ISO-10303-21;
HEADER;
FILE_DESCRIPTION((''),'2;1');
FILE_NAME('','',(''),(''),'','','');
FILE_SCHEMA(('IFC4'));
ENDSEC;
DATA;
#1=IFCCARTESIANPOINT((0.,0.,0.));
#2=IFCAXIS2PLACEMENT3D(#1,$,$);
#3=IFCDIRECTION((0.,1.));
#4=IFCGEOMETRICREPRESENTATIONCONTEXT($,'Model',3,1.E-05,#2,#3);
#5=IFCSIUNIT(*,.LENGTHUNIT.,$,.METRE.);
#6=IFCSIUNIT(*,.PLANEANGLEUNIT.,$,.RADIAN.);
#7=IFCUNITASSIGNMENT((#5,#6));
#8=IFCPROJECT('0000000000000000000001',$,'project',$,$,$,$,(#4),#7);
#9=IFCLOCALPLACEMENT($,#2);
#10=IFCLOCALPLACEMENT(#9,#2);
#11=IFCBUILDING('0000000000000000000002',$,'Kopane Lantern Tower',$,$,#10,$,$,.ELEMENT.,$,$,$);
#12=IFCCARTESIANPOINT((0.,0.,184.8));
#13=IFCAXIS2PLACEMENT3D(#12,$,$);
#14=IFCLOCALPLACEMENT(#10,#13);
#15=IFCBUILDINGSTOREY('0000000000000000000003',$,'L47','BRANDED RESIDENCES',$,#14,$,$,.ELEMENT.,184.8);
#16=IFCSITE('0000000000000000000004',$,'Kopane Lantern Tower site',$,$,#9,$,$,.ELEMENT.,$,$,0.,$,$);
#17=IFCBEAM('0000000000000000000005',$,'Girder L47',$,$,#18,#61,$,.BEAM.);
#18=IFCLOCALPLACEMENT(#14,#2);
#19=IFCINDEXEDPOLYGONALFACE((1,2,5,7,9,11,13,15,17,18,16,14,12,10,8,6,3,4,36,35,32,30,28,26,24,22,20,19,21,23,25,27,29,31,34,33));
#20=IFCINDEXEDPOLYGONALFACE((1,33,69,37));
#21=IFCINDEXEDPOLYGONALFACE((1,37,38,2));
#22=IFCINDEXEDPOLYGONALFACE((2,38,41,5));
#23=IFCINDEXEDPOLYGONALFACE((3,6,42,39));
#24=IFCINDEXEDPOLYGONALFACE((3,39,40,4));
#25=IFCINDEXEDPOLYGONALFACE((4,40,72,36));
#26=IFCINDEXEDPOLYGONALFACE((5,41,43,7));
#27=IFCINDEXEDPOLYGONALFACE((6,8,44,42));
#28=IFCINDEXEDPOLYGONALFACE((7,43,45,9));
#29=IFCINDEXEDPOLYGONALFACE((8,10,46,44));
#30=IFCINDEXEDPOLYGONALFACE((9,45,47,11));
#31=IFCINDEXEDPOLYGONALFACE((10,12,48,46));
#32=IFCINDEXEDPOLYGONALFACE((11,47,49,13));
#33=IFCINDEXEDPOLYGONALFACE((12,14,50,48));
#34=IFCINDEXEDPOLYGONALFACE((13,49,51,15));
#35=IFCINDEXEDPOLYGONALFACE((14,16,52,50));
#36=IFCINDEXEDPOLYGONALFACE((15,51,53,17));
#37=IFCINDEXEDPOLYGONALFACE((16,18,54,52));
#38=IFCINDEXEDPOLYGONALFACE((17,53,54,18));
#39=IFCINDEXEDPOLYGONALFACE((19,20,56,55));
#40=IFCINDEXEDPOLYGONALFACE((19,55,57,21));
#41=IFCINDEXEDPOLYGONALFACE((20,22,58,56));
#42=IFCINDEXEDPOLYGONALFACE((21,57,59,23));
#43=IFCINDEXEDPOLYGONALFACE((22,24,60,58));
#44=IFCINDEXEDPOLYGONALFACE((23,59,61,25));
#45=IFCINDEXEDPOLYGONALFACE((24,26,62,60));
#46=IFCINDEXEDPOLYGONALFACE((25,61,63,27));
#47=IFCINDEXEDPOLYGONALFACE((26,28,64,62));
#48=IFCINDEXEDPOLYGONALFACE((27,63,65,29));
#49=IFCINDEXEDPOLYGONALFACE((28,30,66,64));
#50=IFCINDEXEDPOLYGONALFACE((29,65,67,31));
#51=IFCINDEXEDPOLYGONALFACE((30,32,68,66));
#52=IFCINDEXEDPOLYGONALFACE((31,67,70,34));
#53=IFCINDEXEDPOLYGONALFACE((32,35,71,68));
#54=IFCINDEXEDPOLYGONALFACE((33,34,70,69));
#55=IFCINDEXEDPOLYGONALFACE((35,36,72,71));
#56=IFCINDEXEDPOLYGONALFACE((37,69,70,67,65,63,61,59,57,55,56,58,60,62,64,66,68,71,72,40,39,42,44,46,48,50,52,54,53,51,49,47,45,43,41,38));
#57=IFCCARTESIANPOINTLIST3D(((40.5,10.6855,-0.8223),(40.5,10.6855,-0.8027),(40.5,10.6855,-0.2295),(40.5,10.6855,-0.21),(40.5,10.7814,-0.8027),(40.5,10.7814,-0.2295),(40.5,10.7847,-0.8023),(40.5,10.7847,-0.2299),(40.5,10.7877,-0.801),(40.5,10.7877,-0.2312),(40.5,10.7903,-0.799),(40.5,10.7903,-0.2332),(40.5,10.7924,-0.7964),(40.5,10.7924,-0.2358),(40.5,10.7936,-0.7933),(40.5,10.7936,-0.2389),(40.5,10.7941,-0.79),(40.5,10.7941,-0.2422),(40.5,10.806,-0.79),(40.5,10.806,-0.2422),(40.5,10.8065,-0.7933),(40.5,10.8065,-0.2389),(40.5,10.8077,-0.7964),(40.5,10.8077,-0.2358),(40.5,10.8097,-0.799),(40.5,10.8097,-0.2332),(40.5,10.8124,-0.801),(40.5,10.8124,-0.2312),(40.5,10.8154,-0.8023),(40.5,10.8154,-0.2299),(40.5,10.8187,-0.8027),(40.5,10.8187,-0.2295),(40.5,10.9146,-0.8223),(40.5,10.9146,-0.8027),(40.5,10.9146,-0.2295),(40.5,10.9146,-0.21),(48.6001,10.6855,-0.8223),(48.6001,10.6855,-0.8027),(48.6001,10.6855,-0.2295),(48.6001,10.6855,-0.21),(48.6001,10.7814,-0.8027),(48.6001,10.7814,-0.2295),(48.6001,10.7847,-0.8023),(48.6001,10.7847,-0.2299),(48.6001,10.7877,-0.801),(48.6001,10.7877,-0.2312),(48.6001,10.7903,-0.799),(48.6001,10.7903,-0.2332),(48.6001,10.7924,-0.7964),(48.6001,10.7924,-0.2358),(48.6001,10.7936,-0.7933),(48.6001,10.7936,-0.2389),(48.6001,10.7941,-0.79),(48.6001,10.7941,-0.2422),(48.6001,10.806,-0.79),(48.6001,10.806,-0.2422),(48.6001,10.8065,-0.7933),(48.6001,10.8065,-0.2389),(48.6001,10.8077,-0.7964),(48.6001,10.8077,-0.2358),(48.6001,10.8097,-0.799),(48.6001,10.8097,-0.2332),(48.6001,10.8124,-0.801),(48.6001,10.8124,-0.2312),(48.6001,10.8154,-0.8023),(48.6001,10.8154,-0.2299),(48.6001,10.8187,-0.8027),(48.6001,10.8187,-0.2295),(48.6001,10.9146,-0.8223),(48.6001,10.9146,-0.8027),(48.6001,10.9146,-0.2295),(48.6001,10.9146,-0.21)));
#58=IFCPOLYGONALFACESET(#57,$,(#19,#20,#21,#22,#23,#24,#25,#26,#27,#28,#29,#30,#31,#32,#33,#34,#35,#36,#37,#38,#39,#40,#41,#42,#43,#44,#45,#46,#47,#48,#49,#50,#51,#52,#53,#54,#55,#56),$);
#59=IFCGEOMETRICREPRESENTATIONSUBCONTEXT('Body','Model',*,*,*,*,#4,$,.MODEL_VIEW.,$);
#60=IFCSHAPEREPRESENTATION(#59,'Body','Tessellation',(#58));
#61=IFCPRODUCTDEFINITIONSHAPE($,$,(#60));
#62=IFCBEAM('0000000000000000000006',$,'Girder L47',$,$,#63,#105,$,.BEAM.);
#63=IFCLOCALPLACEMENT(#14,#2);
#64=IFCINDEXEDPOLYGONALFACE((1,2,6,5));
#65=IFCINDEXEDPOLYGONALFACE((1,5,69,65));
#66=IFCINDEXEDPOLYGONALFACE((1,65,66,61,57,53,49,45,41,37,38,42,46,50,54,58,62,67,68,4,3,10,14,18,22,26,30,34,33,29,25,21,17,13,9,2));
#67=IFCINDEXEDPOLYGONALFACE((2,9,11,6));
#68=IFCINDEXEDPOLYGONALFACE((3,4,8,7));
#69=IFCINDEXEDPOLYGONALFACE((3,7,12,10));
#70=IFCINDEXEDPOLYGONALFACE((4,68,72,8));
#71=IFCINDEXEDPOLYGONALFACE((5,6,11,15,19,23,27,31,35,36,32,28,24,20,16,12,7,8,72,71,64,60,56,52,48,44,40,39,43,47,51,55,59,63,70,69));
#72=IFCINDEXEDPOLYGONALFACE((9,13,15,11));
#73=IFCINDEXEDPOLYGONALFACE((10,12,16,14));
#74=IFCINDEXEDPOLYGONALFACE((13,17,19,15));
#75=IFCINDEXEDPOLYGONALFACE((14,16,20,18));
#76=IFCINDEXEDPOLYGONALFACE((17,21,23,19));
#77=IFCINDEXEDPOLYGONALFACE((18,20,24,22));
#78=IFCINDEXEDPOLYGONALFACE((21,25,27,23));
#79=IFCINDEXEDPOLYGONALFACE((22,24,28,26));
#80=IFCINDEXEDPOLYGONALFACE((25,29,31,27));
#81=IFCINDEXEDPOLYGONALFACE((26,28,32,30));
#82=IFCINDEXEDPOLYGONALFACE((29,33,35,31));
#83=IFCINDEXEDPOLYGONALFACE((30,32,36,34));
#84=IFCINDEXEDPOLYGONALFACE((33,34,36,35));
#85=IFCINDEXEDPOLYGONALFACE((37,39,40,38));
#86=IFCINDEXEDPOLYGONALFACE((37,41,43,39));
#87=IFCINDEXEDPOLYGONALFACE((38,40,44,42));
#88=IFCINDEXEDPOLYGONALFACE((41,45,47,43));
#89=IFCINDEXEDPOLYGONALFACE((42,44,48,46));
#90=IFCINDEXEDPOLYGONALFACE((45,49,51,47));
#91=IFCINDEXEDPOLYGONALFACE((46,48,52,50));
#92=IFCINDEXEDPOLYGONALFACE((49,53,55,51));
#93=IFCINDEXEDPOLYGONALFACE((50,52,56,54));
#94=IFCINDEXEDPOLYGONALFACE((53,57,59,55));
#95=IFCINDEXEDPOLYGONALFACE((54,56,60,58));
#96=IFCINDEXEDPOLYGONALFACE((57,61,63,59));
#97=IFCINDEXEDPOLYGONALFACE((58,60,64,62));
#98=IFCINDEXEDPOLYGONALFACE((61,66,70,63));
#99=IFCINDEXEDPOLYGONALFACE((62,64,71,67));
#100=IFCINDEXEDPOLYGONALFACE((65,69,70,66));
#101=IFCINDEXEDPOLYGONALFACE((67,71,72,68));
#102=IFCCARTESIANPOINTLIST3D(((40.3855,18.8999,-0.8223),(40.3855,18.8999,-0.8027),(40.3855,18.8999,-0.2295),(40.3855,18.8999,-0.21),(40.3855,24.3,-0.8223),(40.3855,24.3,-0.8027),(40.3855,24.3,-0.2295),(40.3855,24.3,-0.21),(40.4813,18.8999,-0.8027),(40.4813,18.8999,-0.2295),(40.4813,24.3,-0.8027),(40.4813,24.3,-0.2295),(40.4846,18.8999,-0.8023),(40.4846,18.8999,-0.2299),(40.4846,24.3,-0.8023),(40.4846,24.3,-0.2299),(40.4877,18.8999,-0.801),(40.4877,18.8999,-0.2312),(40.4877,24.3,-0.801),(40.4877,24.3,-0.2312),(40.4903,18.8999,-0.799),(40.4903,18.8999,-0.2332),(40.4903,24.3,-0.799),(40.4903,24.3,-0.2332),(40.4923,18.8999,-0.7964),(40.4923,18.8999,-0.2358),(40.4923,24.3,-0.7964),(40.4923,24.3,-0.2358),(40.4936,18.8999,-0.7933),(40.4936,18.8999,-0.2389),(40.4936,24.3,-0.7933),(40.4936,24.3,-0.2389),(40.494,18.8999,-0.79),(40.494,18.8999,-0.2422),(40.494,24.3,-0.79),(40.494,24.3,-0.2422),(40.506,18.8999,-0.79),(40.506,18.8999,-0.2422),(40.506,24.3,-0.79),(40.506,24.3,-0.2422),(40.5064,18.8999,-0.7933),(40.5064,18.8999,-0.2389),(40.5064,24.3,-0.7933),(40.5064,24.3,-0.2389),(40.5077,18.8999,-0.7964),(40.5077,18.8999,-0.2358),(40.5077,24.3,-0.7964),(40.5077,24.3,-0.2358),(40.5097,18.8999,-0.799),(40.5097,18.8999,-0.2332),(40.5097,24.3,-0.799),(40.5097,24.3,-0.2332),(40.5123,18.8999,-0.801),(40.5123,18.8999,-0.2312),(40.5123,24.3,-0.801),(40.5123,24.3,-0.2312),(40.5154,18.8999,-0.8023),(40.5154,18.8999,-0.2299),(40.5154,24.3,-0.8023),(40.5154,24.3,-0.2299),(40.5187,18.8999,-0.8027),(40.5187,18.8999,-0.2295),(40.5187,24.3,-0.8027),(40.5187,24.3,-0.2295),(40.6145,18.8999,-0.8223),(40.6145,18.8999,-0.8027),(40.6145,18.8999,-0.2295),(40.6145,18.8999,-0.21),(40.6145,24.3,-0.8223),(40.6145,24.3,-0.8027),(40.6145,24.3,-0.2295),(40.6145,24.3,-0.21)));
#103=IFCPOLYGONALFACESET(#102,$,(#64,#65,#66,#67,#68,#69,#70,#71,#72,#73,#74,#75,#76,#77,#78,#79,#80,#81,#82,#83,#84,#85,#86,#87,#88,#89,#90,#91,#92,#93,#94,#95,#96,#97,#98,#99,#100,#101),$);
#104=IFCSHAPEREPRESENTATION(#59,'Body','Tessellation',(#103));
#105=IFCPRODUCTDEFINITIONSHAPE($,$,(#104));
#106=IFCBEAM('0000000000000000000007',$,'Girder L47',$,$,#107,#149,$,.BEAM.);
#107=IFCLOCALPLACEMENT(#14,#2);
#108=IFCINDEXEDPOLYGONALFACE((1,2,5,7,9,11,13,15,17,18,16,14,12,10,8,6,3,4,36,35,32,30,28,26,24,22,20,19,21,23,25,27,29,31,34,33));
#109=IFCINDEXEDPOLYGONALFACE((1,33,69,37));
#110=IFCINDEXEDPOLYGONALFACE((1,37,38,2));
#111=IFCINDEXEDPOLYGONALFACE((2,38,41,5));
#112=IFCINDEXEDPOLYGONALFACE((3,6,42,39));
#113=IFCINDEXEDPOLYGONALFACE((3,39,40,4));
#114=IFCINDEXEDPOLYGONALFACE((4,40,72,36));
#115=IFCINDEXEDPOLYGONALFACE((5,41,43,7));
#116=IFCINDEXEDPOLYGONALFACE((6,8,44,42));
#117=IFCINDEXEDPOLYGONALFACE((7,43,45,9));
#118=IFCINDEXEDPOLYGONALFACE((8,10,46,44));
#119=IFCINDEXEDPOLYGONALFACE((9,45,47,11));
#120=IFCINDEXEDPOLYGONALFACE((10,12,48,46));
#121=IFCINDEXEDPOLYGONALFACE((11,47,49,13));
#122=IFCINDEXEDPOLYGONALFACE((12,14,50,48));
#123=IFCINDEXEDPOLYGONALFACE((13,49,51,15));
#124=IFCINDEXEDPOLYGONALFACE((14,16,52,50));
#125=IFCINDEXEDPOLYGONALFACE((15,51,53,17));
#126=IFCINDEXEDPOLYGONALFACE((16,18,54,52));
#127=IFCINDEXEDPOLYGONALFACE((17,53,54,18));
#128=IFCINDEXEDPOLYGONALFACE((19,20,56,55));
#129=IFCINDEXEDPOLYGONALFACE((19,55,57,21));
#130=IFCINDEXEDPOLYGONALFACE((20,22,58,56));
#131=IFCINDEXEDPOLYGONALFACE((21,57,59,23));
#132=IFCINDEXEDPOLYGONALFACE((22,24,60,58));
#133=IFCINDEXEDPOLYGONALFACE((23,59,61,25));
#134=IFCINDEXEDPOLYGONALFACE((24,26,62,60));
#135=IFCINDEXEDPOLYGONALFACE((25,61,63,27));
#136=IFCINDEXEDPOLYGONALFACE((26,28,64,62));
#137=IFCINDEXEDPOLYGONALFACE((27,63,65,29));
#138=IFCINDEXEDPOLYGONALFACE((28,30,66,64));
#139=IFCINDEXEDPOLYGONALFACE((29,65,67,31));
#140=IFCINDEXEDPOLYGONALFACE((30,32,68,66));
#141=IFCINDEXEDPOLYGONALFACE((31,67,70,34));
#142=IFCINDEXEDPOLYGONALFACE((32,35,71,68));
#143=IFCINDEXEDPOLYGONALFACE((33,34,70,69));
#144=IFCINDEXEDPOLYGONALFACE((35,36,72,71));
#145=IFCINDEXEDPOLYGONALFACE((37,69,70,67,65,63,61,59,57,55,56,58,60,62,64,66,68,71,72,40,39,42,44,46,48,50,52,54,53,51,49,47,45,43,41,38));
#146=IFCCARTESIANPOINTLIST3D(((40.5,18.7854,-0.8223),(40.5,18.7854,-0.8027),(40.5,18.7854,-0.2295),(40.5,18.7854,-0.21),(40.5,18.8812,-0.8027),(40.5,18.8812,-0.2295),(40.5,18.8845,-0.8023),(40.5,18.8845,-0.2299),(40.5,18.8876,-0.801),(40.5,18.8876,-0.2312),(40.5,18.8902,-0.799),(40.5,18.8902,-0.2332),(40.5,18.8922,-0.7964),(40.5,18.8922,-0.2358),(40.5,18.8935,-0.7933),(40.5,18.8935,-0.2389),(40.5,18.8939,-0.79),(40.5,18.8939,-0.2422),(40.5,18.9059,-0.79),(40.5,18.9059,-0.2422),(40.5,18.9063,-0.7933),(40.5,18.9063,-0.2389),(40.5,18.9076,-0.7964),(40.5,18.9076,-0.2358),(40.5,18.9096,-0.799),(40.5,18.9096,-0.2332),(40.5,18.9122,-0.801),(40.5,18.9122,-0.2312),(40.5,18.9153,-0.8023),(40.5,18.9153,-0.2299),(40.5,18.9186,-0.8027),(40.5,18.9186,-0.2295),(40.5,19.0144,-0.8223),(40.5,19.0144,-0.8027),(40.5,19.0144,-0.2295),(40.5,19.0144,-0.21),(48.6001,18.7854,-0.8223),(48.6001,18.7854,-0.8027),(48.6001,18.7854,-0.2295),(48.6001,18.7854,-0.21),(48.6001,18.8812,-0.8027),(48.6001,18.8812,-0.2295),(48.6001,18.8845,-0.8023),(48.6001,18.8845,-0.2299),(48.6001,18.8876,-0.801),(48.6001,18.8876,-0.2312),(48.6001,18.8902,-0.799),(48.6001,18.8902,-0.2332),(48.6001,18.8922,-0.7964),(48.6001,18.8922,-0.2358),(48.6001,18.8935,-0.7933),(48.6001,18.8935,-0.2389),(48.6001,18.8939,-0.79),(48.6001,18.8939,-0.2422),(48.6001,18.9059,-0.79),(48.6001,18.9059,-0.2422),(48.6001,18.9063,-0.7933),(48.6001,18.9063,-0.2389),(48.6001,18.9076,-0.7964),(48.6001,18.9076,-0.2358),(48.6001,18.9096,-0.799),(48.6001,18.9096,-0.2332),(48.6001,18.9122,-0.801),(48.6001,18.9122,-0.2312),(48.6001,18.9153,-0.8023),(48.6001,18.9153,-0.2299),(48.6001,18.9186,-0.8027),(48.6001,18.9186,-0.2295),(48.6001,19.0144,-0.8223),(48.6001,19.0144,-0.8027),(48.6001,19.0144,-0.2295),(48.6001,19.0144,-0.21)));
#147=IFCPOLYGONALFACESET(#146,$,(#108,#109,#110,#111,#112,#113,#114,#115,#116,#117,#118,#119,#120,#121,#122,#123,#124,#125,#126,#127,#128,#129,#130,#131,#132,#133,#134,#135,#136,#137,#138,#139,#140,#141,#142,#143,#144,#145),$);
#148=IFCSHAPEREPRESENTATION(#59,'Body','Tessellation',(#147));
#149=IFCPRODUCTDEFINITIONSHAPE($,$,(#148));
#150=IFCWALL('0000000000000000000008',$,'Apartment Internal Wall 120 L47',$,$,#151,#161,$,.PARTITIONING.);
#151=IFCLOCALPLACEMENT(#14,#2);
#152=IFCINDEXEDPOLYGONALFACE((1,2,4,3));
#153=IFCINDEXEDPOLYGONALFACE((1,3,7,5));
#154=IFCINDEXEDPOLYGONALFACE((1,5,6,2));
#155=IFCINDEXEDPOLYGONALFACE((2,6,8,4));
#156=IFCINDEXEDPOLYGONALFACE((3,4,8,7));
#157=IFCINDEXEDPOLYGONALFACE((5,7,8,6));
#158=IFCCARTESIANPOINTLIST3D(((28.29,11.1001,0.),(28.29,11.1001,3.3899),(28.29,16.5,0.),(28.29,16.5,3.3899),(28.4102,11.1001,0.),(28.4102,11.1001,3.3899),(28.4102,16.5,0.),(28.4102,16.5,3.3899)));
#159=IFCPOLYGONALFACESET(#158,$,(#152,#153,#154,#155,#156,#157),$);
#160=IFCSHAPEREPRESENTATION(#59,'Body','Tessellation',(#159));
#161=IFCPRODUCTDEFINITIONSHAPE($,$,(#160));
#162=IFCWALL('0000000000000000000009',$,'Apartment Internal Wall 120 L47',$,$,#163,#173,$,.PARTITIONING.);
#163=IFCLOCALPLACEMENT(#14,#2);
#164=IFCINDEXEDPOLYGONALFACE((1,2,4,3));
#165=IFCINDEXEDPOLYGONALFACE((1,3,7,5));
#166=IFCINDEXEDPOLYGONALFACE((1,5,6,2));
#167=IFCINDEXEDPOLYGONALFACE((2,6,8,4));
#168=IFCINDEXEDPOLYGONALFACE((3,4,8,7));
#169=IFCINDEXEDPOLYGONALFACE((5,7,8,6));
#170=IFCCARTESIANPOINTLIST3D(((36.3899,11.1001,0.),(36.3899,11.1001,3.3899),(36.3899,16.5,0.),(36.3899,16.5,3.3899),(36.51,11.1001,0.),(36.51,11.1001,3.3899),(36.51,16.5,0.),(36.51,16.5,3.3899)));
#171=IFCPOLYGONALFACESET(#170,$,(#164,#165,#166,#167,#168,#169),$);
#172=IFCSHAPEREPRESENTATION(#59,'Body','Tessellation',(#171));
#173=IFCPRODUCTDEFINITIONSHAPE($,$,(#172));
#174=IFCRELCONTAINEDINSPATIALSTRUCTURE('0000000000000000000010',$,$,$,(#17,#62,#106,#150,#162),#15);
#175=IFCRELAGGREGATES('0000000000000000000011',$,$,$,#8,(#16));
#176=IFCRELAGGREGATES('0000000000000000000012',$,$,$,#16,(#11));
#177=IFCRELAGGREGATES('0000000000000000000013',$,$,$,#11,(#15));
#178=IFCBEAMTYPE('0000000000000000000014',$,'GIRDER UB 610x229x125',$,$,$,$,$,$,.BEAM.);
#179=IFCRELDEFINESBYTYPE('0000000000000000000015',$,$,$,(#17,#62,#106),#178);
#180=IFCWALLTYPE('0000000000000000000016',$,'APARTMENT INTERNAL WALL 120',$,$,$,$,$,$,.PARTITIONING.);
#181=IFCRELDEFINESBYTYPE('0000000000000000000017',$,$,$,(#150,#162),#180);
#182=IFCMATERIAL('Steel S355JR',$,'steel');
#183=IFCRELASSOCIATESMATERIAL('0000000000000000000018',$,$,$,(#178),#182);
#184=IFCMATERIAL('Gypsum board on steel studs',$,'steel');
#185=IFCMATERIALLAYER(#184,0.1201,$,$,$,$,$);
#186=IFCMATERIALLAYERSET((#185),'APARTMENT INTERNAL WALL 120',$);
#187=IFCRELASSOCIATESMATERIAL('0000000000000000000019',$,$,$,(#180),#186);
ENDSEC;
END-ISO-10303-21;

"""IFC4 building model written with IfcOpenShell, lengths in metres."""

from ifc_helpers import new_model, si_unit, direction, frame, frame_2d, origin, origin_2d, place, context, subcontext, project, spatial, rectangle, i_section, extrude, material, layer, layer_set, material_profile, profile_set, type_object, element, save


model = new_model("IFC4")

# Units and contexts
model_context = context("Model", 3, precision=1e-05, world=origin(), true_north=direction((0.0, 1.0)))
body_context = subcontext(model_context, "Body", "Model", "MODEL_VIEW")
ifc_project = project(units=[si_unit("LENGTHUNIT", "METRE"), si_unit("PLANEANGLEUNIT", "RADIAN")], contexts=[model_context])

# Site, building, storey
site_placement = place(None, origin())
site = spatial("IfcSite", under=ifc_project, at=site_placement, Name="Kopane Lantern Tower site", CompositionType="ELEMENT", RefElevation=0.0)
building_placement = place(site_placement, origin())
building = spatial("IfcBuilding", under=site, at=building_placement, Name="Kopane Lantern Tower", CompositionType="ELEMENT")
storey_placement = place(building_placement, frame((0.0, 0.0, 184.8)))
storey = spatial("IfcBuildingStorey", under=building, at=storey_placement, Name="L47", Description="BRANDED RESIDENCES", CompositionType="ELEMENT", Elevation=184.8)

# Beams
ifc_material_1 = material(Name="Steel S355JR", Category="steel")
ifc_material_profile_1 = material_profile(ifc_material_1, i_section(OverallWidth=0.229, OverallDepth=0.6123, WebThickness=0.012, FlangeThickness=0.0195, FilletRadius=0.0127, at=origin_2d()), Name="UB 610x229x125")
ifc_profile_set_1 = profile_set([ifc_material_profile_1], Name="Steel S355JR")
beam_type = type_object("IfcBeamType", Name="GIRDER UB 610x229x125", PredefinedType="BEAM", material=ifc_profile_set_1)
beam_1_placement = place(storey_placement, frame((40.5, 10.8, -0.5161), z_axis=(1.0, 0.0, 0.0), x_axis=(0.0, 1.0, 0.0)))
element("IfcBeam", 1, at=beam_1_placement, inside=storey, type_object=beam_type, Name="Girder L47", PredefinedType="BEAM", context=body_context, shape_type="SweptSolid", body=[
    extrude(i_section(OverallWidth=0.229, OverallDepth=0.6123, WebThickness=0.012, FlangeThickness=0.0195, FilletRadius=0.0127, at=origin_2d()), origin(), (0.0, 0.0, 1.0), 8.1001),
])
beam_2_placement = place(storey_placement, frame((40.5, 18.8999, -0.5161), z_axis=(0.0, 1.0, 0.0), x_axis=(-1.0, 0.0, 0.0)))
element("IfcBeam", 2, at=beam_2_placement, inside=storey, type_object=beam_type, Name="Girder L47", PredefinedType="BEAM", context=body_context, shape_type="SweptSolid", body=[
    extrude(i_section(OverallWidth=0.229, OverallDepth=0.6123, WebThickness=0.012, FlangeThickness=0.0195, FilletRadius=0.0127, at=origin_2d()), origin(), (0.0, 0.0, 1.0), 5.4001),
])
beam_3_placement = place(storey_placement, frame((40.5, 18.8999, -0.5161), z_axis=(1.0, 0.0, 0.0), x_axis=(0.0, 1.0, 0.0)))
element("IfcBeam", 3, at=beam_3_placement, inside=storey, type_object=beam_type, Name="Girder L47", PredefinedType="BEAM", context=body_context, shape_type="SweptSolid", body=[
    extrude(i_section(OverallWidth=0.229, OverallDepth=0.6123, WebThickness=0.012, FlangeThickness=0.0195, FilletRadius=0.0127, at=origin_2d()), origin(), (0.0, 0.0, 1.0), 8.1001),
])

# Walls
ifc_material_2 = material(Name="Gypsum board on steel studs", Category="steel")
ifc_layer_1 = layer(ifc_material_2, 0.1201)
ifc_layer_set_1 = layer_set([ifc_layer_1], Name="APARTMENT INTERNAL WALL 120")
wall_type_1 = type_object("IfcWallType", Name="APARTMENT INTERNAL WALL 120", PredefinedType="PARTITIONING", material=ifc_layer_set_1)
for number, where, z_axis, x_axis, name in (
    (4, (28.3501, 16.5, 0.0), (0.0, 0.0, 1.0), (0.0, -1.0, 0.0), "Apartment Internal Wall 120 L47"),
    (5, (36.45, 16.5, 0.0), (0.0, 0.0, 1.0), (0.0, -1.0, 0.0), "Apartment Internal Wall 120 L47"),
):
    element("IfcWall", number, at=place(storey_placement, frame(where, z_axis=z_axis, x_axis=x_axis)), inside=storey, type_object=wall_type_1, Name=name, PredefinedType="PARTITIONING", context=body_context, shape_type="SweptSolid", body=[
        extrude(rectangle(XDim=5.3999, YDim=0.1201, at=frame_2d((2.7, 0.0))), origin(), (0.0, 0.0, 1.0), 3.3899),
    ])

save(model, "model.ifc")
